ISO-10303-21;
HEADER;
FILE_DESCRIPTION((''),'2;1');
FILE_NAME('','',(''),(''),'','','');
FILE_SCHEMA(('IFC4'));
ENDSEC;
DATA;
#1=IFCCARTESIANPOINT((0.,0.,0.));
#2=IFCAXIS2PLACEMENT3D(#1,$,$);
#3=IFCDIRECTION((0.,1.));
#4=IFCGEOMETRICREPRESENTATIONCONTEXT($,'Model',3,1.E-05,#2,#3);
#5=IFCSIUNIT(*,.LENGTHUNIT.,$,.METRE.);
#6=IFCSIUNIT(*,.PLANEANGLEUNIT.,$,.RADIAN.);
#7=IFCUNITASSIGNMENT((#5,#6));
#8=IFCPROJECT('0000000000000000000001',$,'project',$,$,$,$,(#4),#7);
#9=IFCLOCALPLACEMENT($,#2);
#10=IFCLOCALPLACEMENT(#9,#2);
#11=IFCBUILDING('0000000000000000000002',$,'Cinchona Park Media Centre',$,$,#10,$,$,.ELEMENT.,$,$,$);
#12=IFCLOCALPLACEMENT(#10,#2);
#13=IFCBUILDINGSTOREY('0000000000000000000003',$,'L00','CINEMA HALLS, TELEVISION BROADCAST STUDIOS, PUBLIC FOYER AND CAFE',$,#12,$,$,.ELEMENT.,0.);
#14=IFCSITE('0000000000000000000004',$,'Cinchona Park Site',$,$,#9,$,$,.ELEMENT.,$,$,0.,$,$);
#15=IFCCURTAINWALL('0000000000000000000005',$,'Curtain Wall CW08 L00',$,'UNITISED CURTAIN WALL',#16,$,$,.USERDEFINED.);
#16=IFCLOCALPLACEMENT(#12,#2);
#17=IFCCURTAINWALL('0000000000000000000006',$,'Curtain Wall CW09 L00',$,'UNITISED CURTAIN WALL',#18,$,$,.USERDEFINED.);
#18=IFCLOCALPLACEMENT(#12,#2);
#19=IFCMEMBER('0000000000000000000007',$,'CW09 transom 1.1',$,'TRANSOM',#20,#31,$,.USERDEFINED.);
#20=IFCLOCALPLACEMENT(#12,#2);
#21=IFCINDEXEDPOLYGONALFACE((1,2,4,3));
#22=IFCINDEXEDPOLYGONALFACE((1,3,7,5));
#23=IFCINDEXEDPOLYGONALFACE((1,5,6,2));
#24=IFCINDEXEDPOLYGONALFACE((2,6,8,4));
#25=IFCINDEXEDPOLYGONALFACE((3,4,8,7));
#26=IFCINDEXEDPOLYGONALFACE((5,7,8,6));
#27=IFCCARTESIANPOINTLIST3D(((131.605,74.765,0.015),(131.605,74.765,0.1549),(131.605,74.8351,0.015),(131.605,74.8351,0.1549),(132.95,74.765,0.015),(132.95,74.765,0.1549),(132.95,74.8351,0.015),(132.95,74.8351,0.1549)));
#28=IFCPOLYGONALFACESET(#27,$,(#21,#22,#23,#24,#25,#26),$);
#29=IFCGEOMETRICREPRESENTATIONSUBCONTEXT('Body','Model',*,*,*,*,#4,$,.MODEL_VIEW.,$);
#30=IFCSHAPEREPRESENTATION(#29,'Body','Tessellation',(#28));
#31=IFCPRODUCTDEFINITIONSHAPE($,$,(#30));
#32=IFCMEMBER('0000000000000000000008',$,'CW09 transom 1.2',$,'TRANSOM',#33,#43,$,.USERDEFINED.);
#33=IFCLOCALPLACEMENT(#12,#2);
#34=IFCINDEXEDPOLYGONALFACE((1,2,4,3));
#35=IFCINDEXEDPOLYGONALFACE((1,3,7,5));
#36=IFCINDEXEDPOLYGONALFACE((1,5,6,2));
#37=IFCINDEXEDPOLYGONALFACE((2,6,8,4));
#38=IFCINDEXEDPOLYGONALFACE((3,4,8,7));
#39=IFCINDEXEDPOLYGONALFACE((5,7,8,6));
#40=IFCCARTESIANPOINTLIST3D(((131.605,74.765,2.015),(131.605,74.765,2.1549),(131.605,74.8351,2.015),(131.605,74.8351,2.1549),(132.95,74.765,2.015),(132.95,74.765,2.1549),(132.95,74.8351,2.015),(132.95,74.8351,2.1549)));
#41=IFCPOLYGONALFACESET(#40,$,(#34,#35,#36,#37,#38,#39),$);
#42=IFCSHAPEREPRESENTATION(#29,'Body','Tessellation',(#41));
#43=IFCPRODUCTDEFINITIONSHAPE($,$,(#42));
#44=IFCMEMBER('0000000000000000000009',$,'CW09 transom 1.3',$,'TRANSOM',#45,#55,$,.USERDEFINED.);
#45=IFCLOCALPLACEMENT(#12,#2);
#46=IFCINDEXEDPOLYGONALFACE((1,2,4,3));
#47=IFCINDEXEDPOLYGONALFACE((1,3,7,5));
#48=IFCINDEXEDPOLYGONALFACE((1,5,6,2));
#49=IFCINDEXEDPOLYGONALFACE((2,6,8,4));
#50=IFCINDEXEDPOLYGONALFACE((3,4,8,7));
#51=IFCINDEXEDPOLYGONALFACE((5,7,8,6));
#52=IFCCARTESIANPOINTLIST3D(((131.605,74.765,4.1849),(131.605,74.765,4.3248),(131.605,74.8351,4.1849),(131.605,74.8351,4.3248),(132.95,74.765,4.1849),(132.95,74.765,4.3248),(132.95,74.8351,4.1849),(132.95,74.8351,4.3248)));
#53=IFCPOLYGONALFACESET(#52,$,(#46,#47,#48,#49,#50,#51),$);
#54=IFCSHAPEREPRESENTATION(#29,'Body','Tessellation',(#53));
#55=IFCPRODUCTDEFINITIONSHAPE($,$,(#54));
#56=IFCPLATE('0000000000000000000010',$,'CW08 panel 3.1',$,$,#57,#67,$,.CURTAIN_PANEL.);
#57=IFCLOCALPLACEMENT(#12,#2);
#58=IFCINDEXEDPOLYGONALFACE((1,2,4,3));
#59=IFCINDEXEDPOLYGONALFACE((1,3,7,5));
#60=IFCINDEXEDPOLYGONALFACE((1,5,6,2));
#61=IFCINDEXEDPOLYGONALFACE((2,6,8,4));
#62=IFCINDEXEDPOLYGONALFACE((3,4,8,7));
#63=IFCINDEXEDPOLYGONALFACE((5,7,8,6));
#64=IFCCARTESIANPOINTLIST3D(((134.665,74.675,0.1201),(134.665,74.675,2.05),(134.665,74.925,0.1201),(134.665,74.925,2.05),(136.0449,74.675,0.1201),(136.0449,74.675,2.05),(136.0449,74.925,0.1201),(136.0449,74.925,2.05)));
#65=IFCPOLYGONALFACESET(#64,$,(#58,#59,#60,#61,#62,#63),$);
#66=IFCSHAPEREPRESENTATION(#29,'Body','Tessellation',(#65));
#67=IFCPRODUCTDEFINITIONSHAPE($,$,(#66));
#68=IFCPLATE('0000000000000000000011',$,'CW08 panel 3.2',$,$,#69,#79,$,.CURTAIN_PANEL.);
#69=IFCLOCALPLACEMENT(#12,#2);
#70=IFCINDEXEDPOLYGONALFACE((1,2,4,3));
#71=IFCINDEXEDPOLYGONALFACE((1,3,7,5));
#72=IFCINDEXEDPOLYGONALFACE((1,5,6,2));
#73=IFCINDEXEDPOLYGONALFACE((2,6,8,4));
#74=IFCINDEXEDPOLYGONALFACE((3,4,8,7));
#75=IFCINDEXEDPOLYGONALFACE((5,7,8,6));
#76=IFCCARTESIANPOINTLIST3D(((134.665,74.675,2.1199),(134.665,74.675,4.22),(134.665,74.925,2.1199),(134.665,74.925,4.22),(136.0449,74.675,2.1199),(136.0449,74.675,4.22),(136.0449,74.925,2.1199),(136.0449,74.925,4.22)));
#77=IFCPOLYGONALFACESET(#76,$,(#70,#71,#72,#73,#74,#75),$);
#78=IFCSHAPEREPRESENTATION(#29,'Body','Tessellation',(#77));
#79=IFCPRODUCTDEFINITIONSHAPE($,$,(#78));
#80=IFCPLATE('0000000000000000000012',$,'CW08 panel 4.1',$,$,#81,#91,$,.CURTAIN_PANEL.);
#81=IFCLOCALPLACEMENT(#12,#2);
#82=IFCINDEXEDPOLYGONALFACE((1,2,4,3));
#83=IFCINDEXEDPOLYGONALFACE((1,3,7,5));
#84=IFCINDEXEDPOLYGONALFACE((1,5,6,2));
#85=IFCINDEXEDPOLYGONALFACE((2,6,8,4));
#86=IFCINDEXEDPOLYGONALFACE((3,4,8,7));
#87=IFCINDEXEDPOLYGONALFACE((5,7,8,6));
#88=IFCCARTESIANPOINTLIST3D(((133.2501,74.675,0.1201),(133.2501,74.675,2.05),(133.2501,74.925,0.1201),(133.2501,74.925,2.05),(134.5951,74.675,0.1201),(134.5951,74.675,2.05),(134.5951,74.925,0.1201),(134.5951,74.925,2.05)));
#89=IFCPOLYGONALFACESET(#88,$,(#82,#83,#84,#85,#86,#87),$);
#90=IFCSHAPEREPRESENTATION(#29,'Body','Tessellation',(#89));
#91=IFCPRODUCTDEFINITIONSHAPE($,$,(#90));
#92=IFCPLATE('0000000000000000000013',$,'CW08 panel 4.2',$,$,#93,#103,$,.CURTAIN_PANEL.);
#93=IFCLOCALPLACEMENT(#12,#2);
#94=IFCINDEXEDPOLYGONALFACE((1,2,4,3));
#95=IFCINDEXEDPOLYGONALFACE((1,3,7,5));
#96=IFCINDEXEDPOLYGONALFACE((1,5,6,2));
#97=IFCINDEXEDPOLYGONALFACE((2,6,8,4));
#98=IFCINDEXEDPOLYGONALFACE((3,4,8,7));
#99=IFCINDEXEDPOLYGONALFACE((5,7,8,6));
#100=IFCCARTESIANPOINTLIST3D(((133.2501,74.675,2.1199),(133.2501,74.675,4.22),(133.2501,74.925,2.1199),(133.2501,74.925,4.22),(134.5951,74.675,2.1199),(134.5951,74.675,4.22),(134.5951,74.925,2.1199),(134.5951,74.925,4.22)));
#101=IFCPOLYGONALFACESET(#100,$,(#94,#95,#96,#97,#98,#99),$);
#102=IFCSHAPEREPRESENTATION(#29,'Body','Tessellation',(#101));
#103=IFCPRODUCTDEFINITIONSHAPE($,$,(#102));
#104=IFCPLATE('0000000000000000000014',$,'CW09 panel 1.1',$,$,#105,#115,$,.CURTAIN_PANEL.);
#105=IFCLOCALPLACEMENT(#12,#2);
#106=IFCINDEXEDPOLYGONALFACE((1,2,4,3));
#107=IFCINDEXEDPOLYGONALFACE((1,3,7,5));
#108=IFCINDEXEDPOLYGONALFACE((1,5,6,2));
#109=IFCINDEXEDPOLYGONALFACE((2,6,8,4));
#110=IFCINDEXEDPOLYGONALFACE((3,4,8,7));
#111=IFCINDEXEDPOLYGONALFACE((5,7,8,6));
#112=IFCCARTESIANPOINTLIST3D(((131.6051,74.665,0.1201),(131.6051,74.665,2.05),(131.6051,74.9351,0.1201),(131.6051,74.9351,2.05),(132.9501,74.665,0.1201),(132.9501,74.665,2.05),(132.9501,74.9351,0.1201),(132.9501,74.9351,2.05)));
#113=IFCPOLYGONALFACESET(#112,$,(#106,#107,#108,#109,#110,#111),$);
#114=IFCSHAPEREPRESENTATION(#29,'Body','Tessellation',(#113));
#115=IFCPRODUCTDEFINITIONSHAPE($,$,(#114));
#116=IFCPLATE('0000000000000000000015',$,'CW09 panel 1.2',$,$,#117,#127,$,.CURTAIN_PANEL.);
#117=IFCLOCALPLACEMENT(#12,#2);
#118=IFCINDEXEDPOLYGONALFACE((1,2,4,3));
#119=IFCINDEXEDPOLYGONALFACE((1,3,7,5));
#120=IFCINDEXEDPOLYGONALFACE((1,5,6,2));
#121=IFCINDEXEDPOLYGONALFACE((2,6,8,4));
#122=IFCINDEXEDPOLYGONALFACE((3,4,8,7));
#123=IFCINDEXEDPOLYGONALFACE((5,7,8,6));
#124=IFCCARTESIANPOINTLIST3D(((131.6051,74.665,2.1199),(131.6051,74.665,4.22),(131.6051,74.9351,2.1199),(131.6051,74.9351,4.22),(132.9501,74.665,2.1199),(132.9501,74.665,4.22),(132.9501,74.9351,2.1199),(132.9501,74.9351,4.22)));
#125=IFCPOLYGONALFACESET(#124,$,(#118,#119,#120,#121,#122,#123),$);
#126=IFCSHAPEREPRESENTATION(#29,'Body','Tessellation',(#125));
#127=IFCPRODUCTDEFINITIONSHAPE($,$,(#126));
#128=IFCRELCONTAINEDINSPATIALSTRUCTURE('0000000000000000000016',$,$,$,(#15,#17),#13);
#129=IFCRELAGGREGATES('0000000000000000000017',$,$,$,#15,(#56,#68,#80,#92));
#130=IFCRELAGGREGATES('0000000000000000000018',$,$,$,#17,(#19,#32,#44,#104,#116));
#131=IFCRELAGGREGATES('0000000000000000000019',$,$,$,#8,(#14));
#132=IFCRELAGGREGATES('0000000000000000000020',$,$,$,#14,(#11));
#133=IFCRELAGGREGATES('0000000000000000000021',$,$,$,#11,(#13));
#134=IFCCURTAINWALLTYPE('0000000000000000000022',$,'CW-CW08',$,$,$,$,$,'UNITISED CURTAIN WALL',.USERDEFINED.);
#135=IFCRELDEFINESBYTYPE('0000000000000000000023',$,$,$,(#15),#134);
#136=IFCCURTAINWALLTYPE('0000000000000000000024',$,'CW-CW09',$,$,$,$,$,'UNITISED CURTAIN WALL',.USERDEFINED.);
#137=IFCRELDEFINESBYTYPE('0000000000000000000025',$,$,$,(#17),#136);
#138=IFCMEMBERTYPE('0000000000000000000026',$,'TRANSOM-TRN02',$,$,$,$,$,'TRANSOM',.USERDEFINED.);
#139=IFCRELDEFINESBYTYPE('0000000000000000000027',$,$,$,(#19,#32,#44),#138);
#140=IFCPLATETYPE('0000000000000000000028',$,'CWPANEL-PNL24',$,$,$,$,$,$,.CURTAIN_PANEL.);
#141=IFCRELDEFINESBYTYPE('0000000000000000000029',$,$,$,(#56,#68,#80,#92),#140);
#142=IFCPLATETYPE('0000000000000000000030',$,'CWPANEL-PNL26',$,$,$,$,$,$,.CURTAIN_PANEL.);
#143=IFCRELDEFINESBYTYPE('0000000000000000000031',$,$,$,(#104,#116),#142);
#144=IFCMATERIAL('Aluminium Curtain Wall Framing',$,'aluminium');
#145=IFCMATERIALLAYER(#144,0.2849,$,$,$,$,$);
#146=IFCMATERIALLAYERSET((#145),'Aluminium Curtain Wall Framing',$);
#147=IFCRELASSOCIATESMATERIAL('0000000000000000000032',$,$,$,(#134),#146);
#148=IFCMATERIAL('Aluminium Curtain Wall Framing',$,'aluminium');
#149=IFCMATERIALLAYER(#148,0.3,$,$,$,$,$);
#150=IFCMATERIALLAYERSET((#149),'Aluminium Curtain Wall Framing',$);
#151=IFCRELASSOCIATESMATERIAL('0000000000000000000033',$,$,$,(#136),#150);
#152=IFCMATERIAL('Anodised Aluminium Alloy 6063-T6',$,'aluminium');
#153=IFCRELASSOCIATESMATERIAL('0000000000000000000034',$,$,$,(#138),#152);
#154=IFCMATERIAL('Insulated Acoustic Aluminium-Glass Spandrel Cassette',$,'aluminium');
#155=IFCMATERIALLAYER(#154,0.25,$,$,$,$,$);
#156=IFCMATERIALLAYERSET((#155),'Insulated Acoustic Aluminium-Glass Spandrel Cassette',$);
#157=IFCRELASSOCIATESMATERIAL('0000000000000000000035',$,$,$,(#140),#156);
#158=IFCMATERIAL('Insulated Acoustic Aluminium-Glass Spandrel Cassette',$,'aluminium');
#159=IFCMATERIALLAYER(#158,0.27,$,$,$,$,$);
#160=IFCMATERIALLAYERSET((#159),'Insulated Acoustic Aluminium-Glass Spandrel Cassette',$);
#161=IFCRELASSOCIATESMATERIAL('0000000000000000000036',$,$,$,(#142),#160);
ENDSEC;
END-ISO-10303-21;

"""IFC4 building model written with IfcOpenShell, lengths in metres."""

from ifc_helpers import new_model, si_unit, direction, frame, origin, origin_2d, place, context, subcontext, project, spatial, rectangle, extrude, material, layer, layer_set, material_profile, profile_set, type_object, element, aggregate, save


model = new_model("IFC4")

# Units and contexts
model_context = context("Model", 3, precision=1e-05, world=origin(), true_north=direction((0.0, 1.0)))
body_context = subcontext(model_context, "Body", "Model", "MODEL_VIEW")
ifc_project = project(units=[si_unit("LENGTHUNIT", "METRE"), si_unit("PLANEANGLEUNIT", "RADIAN")], contexts=[model_context])

# Site, building, storey
site_placement = place(None, origin())
site = spatial("IfcSite", under=ifc_project, at=site_placement, Name="Cinchona Park Site", CompositionType="ELEMENT", RefElevation=0.0)
building_placement = place(site_placement, origin())
building = spatial("IfcBuilding", under=site, at=building_placement, Name="Cinchona Park Media Centre", CompositionType="ELEMENT")
storey_placement = place(building_placement, origin())
storey = spatial("IfcBuildingStorey", under=building, at=storey_placement, Name="L00", Description="CINEMA HALLS, TELEVISION BROADCAST STUDIOS, PUBLIC FOYER AND CAFE", CompositionType="ELEMENT", Elevation=0.0)

# Curtain wall
ifc_material_1 = material(Name="Aluminium Curtain Wall Framing", Category="aluminium")
ifc_layer_1 = layer(ifc_material_1, 0.2849)
ifc_layer_set_1 = layer_set([ifc_layer_1], Name="Aluminium Curtain Wall Framing")
curtain_wall_type_1 = type_object("IfcCurtainWallType", Name="CW-CW08", ElementType="UNITISED CURTAIN WALL", PredefinedType="USERDEFINED", material=ifc_layer_set_1)
curtain_wall_1_placement = place(storey_placement, origin())
curtain_wall_1 = element("IfcCurtainWall", 1, at=curtain_wall_1_placement, inside=storey, type_object=curtain_wall_type_1, Name="Curtain Wall CW08 L00", ObjectType="UNITISED CURTAIN WALL", PredefinedType="USERDEFINED")

# Curtain wall
ifc_material_2 = material(Name="Aluminium Curtain Wall Framing", Category="aluminium")
ifc_layer_2 = layer(ifc_material_2, 0.3)
ifc_layer_set_2 = layer_set([ifc_layer_2], Name="Aluminium Curtain Wall Framing")
curtain_wall_type_2 = type_object("IfcCurtainWallType", Name="CW-CW09", ElementType="UNITISED CURTAIN WALL", PredefinedType="USERDEFINED", material=ifc_layer_set_2)
curtain_wall_2_placement = place(storey_placement, origin())
curtain_wall_2 = element("IfcCurtainWall", 2, at=curtain_wall_2_placement, inside=storey, type_object=curtain_wall_type_2, Name="Curtain Wall CW09 L00", ObjectType="UNITISED CURTAIN WALL", PredefinedType="USERDEFINED")

# Members
ifc_material_3 = material(Name="Anodised Aluminium Alloy 6063-T6", Category="aluminium")
ifc_material_profile_1 = material_profile(ifc_material_3, rectangle(XDim=0.0701, YDim=0.1399, at=origin_2d()), Name="TRN-70X140")
ifc_profile_set_1 = profile_set([ifc_material_profile_1], Name="Anodised Aluminium Alloy 6063-T6")
member_type_1 = type_object("IfcMemberType", Name="TRANSOM-TRN02", ElementType="TRANSOM", PredefinedType="USERDEFINED", material=ifc_profile_set_1)
member_1_placement = place(storey_placement, frame((132.95, 74.8, 0.085), z_axis=(-1.0, 0.0, 0.0), x_axis=(0.0, -1.0, 0.0)))
member_1 = element("IfcMember", 3, at=member_1_placement, type_object=member_type_1, Name="CW09 transom 1.1", ObjectType="TRANSOM", PredefinedType="USERDEFINED", context=body_context, shape_type="SweptSolid", body=[
    extrude(rectangle(XDim=0.0701, YDim=0.1399, at=origin_2d()), origin(), (0.0, 0.0, 1.0), 1.345),
])
member_2_placement = place(storey_placement, frame((132.95, 74.8, 2.085), z_axis=(-1.0, 0.0, 0.0), x_axis=(0.0, -1.0, 0.0)))
member_2 = element("IfcMember", 4, at=member_2_placement, type_object=member_type_1, Name="CW09 transom 1.2", ObjectType="TRANSOM", PredefinedType="USERDEFINED", context=body_context, shape_type="SweptSolid", body=[
    extrude(rectangle(XDim=0.0701, YDim=0.1399, at=origin_2d()), origin(), (0.0, 0.0, 1.0), 1.345),
])
member_3_placement = place(storey_placement, frame((132.95, 74.8, 4.2549), z_axis=(-1.0, 0.0, 0.0), x_axis=(0.0, -1.0, 0.0)))
member_3 = element("IfcMember", 5, at=member_3_placement, type_object=member_type_1, Name="CW09 transom 1.3", ObjectType="TRANSOM", PredefinedType="USERDEFINED", context=body_context, shape_type="SweptSolid", body=[
    extrude(rectangle(XDim=0.0701, YDim=0.1399, at=origin_2d()), origin(), (0.0, 0.0, 1.0), 1.345),
])

# Plates
ifc_material_4 = material(Name="Insulated Acoustic Aluminium-Glass Spandrel Cassette", Category="aluminium")
ifc_layer_3 = layer(ifc_material_4, 0.25)
ifc_layer_set_3 = layer_set([ifc_layer_3], Name="Insulated Acoustic Aluminium-Glass Spandrel Cassette")
plate_type_1 = type_object("IfcPlateType", Name="CWPANEL-PNL24", PredefinedType="CURTAIN_PANEL", material=ifc_layer_set_3)
plate_1_placement = place(storey_placement, frame((135.355, 74.8, 0.1201), z_axis=(0.0, 0.0, 1.0), x_axis=(-1.0, 0.0, 0.0)))
plate_1 = element("IfcPlate", 6, at=plate_1_placement, type_object=plate_type_1, Name="CW08 panel 3.1", PredefinedType="CURTAIN_PANEL", context=body_context, shape_type="SweptSolid", body=[
    extrude(rectangle(XDim=1.3799, YDim=0.25, at=origin_2d()), origin(), (0.0, 0.0, 1.0), 1.9299),
])
plate_2_placement = place(storey_placement, frame((135.355, 74.8, 2.1199), z_axis=(0.0, 0.0, 1.0), x_axis=(-1.0, 0.0, 0.0)))
plate_2 = element("IfcPlate", 7, at=plate_2_placement, type_object=plate_type_1, Name="CW08 panel 3.2", PredefinedType="CURTAIN_PANEL", context=body_context, shape_type="SweptSolid", body=[
    extrude(rectangle(XDim=1.3799, YDim=0.25, at=origin_2d()), origin(), (0.0, 0.0, 1.0), 2.1001),
])
plate_3_placement = place(storey_placement, frame((133.9226, 74.8, 0.1201), z_axis=(0.0, 0.0, 1.0), x_axis=(-1.0, 0.0, 0.0)))
plate_3 = element("IfcPlate", 8, at=plate_3_placement, type_object=plate_type_1, Name="CW08 panel 4.1", PredefinedType="CURTAIN_PANEL", context=body_context, shape_type="SweptSolid", body=[
    extrude(rectangle(XDim=1.345, YDim=0.25, at=origin_2d()), origin(), (0.0, 0.0, 1.0), 1.9299),
])
plate_4_placement = place(storey_placement, frame((133.9226, 74.8, 2.1199), z_axis=(0.0, 0.0, 1.0), x_axis=(-1.0, 0.0, 0.0)))
plate_4 = element("IfcPlate", 9, at=plate_4_placement, type_object=plate_type_1, Name="CW08 panel 4.2", PredefinedType="CURTAIN_PANEL", context=body_context, shape_type="SweptSolid", body=[
    extrude(rectangle(XDim=1.345, YDim=0.25, at=origin_2d()), origin(), (0.0, 0.0, 1.0), 2.1001),
])
aggregate(curtain_wall_1, [plate_1, plate_2, plate_3, plate_4])
ifc_material_5 = material(Name="Insulated Acoustic Aluminium-Glass Spandrel Cassette", Category="aluminium")
ifc_layer_4 = layer(ifc_material_5, 0.27)
ifc_layer_set_4 = layer_set([ifc_layer_4], Name="Insulated Acoustic Aluminium-Glass Spandrel Cassette")
plate_type_2 = type_object("IfcPlateType", Name="CWPANEL-PNL26", PredefinedType="CURTAIN_PANEL", material=ifc_layer_set_4)
plate_5_placement = place(storey_placement, frame((132.2776, 74.8, 0.1201), z_axis=(0.0, 0.0, 1.0), x_axis=(-1.0, 0.0, 0.0)))
plate_5 = element("IfcPlate", 10, at=plate_5_placement, type_object=plate_type_2, Name="CW09 panel 1.1", PredefinedType="CURTAIN_PANEL", context=body_context, shape_type="SweptSolid", body=[
    extrude(rectangle(XDim=1.345, YDim=0.27, at=origin_2d()), origin(), (0.0, 0.0, 1.0), 1.9299),
])
plate_6_placement = place(storey_placement, frame((132.2776, 74.8, 2.1199), z_axis=(0.0, 0.0, 1.0), x_axis=(-1.0, 0.0, 0.0)))
plate_6 = element("IfcPlate", 11, at=plate_6_placement, type_object=plate_type_2, Name="CW09 panel 1.2", PredefinedType="CURTAIN_PANEL", context=body_context, shape_type="SweptSolid", body=[
    extrude(rectangle(XDim=1.345, YDim=0.27, at=origin_2d()), origin(), (0.0, 0.0, 1.0), 2.1001),
])
aggregate(curtain_wall_2, [member_1, member_2, member_3, plate_5, plate_6])

save(model, "model.ifc")
